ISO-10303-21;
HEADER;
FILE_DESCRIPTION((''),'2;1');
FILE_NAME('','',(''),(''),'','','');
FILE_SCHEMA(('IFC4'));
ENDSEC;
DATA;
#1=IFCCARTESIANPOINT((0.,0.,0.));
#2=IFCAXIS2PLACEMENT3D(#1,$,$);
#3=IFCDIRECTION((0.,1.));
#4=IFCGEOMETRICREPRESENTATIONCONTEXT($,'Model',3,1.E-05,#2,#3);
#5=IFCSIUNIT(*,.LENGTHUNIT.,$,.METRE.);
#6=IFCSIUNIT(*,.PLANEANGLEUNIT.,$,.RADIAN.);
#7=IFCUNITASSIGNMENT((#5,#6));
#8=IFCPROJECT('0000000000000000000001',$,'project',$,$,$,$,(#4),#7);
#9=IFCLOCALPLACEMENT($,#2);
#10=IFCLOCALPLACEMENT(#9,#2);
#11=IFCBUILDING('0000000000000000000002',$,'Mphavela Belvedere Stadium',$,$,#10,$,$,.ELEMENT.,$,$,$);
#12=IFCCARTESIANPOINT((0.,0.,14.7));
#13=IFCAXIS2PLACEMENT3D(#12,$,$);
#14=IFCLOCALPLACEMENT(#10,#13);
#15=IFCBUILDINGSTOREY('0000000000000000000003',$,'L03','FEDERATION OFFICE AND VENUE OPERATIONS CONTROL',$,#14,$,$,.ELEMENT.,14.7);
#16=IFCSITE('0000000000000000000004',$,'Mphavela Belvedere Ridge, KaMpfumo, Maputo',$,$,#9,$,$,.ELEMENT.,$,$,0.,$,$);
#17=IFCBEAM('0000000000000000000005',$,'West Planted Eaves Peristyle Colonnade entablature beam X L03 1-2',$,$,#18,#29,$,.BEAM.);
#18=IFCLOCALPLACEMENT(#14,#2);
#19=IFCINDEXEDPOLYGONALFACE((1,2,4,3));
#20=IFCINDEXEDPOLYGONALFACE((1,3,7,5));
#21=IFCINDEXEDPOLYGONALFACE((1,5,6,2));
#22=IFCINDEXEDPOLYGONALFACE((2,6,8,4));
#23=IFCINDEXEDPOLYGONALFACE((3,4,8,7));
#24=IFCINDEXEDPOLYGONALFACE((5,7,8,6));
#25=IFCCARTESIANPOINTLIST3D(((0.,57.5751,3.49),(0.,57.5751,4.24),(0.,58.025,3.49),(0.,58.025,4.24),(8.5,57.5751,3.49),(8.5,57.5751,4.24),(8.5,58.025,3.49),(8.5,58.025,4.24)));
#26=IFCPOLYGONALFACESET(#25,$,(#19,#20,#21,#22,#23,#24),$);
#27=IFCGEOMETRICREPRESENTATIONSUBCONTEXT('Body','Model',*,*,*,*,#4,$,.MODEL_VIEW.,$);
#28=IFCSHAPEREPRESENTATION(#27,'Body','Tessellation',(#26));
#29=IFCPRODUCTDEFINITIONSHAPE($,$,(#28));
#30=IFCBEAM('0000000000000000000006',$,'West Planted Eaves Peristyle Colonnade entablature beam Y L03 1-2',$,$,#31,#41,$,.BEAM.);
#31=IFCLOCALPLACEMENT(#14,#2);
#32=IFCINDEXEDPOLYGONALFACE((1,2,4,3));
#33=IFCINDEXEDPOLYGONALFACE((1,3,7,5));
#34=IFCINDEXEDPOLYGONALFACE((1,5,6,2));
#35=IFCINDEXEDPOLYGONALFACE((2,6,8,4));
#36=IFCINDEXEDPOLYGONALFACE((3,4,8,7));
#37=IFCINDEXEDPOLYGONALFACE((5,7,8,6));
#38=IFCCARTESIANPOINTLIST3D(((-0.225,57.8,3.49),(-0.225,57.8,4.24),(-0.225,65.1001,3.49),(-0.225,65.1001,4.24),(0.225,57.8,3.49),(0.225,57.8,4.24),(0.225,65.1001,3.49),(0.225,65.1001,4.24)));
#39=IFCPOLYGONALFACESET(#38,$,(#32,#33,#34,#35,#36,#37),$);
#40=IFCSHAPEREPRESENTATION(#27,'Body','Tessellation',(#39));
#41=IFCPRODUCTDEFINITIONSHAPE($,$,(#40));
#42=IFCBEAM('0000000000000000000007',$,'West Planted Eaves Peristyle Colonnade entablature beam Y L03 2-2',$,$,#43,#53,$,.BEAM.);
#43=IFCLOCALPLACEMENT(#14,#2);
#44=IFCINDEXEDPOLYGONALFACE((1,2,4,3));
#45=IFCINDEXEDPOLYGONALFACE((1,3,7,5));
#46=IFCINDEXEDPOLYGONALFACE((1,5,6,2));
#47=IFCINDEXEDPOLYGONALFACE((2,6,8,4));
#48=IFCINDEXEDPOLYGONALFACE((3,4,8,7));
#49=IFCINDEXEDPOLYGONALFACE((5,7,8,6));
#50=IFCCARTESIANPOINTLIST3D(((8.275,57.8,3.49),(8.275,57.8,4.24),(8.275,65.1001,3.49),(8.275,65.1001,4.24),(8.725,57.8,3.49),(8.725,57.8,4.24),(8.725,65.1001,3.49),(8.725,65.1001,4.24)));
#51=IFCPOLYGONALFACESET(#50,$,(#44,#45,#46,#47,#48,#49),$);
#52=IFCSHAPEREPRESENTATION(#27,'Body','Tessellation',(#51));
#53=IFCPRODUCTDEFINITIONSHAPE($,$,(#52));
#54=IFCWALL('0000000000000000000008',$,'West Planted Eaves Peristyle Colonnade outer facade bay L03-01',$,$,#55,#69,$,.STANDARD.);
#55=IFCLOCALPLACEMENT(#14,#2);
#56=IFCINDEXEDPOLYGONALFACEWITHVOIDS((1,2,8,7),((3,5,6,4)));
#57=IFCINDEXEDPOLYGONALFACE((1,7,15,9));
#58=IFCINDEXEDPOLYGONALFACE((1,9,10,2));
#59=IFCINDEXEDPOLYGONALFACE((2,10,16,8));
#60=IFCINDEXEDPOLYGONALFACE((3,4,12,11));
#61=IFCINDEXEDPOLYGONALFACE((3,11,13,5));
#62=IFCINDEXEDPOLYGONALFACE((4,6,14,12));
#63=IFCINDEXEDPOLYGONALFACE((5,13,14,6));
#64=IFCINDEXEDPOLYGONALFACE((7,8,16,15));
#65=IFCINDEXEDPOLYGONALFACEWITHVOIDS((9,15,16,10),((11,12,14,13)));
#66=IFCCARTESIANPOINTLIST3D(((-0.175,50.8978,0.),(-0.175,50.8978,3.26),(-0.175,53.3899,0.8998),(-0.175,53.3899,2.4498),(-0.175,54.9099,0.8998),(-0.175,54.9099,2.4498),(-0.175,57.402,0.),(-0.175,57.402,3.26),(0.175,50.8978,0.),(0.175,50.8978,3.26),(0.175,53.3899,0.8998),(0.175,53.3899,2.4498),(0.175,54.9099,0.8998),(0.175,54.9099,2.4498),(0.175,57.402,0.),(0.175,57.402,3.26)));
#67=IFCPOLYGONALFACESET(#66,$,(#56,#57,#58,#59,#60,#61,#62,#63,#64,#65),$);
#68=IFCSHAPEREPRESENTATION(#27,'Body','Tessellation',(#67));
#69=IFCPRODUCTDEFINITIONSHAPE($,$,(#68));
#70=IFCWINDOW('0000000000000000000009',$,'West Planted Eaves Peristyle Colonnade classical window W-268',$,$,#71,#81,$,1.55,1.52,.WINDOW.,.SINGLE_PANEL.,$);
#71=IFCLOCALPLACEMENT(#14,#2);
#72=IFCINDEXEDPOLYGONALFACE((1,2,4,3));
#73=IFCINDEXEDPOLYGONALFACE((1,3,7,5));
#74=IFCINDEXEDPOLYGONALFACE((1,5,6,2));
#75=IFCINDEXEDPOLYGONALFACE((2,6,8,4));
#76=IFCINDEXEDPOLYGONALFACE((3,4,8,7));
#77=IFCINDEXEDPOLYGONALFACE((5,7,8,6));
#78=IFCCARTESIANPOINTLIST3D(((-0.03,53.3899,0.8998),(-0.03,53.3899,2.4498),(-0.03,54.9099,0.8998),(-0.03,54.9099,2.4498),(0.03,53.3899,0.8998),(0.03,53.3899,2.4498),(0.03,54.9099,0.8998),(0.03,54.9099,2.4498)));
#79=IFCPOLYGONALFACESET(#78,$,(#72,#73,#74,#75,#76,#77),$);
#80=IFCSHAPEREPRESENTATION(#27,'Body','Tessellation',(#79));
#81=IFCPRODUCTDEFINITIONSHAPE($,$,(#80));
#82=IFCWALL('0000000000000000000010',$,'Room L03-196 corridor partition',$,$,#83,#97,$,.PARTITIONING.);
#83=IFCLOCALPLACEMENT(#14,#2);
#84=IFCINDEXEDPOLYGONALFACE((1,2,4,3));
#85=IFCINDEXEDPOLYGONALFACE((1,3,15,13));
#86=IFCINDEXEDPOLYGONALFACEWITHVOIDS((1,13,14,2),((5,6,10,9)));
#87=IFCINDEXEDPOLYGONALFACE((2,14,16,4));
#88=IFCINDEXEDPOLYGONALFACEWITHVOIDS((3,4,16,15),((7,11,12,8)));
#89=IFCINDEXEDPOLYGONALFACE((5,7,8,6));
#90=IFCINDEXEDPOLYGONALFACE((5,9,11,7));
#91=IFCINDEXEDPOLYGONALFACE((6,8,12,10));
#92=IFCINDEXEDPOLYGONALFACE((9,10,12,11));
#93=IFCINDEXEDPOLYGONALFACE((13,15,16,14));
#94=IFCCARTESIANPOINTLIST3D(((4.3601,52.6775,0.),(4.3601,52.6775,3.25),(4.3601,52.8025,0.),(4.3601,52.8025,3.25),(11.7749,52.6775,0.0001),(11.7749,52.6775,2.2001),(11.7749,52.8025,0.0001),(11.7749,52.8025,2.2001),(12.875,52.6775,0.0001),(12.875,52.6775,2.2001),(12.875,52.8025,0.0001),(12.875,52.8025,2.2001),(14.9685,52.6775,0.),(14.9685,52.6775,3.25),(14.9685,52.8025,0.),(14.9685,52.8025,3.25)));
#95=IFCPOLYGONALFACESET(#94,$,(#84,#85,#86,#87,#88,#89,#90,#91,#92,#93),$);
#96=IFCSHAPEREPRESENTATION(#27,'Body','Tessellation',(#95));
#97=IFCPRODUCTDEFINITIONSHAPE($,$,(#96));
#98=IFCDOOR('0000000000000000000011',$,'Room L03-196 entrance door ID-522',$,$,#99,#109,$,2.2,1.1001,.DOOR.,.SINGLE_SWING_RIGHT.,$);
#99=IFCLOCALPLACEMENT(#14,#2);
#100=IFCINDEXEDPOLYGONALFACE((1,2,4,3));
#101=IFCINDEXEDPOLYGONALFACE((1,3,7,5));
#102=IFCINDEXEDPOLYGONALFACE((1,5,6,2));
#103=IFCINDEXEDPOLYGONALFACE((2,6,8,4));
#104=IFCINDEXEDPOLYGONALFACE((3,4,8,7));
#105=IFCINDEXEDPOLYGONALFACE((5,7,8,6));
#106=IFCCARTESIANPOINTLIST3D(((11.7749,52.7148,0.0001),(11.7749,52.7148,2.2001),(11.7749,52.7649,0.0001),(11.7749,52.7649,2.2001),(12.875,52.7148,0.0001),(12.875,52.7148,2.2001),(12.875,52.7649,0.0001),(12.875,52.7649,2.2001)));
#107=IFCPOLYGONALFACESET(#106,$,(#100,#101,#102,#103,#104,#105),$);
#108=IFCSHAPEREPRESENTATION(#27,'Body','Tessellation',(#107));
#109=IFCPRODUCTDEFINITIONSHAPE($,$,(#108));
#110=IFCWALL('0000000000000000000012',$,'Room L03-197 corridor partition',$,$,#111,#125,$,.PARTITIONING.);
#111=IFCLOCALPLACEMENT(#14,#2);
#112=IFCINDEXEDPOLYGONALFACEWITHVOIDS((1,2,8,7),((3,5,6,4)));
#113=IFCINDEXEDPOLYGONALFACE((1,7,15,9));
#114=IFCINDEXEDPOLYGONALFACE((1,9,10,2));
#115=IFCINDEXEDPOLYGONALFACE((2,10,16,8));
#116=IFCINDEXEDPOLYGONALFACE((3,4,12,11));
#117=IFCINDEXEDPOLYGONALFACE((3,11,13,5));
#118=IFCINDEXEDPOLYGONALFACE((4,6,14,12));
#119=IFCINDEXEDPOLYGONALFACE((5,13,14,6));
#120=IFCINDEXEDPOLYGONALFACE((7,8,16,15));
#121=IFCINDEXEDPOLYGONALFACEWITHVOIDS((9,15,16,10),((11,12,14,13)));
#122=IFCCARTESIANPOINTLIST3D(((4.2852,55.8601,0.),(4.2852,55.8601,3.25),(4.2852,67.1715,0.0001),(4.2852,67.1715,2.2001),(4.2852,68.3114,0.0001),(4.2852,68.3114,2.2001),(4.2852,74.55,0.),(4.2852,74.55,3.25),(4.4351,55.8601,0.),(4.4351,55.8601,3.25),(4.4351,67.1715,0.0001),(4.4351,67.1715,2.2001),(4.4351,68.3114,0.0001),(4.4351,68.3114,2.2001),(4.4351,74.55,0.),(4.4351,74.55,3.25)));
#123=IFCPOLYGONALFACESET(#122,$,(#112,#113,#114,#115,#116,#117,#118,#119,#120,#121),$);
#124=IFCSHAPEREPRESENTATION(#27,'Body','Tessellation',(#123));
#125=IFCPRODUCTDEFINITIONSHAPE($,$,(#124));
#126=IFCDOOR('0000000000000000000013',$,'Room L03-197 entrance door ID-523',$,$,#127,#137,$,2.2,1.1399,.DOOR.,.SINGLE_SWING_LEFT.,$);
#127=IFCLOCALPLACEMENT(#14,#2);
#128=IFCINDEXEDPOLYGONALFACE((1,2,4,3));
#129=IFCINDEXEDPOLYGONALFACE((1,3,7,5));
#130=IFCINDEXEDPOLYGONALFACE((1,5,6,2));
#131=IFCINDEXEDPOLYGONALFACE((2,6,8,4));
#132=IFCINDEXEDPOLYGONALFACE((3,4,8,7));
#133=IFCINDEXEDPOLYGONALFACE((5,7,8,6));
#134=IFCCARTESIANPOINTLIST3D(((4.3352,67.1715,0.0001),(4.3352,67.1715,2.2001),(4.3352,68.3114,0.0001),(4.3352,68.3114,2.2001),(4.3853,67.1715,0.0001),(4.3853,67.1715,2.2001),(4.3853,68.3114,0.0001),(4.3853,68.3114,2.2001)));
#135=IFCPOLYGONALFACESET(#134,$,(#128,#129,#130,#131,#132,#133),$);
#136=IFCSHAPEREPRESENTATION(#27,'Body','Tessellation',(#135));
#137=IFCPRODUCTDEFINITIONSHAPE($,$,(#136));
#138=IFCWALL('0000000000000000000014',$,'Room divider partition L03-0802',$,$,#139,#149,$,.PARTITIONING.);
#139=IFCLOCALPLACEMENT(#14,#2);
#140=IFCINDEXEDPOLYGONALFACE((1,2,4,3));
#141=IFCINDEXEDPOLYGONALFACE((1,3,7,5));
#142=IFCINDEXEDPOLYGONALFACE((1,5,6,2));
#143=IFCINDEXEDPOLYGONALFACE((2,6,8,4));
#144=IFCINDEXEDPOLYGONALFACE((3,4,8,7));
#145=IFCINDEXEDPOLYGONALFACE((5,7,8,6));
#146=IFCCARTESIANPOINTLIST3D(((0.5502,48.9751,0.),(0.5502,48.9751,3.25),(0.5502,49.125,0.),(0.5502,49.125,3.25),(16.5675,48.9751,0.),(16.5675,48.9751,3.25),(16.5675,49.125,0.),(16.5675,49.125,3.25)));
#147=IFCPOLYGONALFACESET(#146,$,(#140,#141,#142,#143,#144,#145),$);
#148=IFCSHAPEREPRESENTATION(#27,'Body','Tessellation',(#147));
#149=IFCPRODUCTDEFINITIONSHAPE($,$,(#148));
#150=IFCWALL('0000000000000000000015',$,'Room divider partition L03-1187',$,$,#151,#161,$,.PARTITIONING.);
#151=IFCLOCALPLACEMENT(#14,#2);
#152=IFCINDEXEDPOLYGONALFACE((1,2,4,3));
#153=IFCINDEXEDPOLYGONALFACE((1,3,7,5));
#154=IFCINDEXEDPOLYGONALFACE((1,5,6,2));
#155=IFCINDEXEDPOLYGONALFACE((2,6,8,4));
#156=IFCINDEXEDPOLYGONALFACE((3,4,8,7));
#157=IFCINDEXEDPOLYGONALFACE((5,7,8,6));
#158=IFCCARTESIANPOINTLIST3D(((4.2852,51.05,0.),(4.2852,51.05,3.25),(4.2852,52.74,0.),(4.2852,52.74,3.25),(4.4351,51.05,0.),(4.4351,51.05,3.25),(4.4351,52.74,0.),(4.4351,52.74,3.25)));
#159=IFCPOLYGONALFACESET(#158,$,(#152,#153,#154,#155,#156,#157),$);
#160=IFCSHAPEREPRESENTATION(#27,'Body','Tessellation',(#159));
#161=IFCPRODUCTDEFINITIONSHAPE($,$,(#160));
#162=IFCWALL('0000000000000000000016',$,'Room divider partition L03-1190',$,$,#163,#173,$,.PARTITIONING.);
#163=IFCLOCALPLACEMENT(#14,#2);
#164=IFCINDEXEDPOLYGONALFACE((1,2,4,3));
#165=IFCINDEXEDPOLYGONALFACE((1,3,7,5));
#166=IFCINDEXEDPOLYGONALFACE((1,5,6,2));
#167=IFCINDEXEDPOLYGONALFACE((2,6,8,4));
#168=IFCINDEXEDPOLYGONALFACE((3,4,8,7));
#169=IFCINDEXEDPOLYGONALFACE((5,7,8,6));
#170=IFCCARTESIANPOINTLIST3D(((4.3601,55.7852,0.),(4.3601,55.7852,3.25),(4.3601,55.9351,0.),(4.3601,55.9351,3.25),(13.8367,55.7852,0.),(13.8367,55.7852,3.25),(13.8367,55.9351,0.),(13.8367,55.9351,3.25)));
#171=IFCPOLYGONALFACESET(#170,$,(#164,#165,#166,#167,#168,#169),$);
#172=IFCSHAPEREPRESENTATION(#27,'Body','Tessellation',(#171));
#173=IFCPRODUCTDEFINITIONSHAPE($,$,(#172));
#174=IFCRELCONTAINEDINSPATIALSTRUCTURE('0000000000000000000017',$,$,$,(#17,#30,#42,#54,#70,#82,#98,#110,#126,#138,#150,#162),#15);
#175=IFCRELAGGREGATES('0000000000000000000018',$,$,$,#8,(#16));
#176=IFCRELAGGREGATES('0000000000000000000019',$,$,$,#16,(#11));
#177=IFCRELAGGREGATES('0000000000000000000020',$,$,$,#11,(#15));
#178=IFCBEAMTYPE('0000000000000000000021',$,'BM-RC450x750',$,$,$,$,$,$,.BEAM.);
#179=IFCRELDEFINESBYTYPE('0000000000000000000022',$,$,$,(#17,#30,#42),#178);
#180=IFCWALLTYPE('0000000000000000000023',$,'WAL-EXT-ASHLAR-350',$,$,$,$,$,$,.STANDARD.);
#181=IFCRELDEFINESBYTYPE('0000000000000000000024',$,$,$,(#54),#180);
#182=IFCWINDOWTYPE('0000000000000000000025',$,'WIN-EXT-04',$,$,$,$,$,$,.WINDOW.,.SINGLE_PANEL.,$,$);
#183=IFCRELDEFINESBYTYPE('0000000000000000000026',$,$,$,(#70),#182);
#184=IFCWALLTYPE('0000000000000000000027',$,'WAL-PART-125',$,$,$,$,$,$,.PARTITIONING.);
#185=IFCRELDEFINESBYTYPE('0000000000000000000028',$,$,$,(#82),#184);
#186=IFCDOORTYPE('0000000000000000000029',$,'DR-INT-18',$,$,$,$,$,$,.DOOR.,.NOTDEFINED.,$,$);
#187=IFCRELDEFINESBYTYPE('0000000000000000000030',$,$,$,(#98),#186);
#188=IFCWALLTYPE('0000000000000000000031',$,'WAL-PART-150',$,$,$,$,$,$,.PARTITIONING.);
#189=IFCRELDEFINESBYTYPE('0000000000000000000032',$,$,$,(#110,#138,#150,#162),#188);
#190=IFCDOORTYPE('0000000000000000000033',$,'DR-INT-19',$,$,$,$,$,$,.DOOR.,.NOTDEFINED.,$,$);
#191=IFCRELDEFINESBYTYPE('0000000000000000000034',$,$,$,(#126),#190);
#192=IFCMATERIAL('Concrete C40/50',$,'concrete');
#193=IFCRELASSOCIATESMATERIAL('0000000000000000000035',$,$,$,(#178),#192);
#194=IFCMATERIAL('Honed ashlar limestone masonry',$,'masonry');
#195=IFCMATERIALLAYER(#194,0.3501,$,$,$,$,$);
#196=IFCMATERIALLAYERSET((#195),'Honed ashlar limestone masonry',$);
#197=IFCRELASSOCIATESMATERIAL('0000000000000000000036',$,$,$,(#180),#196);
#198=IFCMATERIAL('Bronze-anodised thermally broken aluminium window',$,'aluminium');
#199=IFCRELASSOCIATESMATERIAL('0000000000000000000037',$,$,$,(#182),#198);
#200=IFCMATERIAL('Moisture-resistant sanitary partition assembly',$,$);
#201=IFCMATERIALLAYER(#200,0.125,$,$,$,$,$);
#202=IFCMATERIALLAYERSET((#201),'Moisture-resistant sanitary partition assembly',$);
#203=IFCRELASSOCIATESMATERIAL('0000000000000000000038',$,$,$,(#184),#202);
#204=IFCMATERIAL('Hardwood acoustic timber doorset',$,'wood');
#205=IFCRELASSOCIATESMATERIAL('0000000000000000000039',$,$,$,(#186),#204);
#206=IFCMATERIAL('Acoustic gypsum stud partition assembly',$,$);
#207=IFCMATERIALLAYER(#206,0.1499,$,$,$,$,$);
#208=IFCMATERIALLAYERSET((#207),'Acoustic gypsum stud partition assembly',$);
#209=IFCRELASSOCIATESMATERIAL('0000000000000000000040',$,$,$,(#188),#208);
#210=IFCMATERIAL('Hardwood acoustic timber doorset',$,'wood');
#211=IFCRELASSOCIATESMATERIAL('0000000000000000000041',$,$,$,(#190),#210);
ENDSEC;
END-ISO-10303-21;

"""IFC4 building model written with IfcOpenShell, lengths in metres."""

from ifc_helpers import new_model, si_unit, direction, frame, frame_2d, origin, origin_2d, place, context, subcontext, project, spatial, rectangle, extrude, material, layer, layer_set, material_profile, profile_set, type_object, element, fill, save


model = new_model("IFC4")

# Units and contexts
model_context = context("Model", 3, precision=1e-05, world=origin(), true_north=direction((0.0, 1.0)))
body_context = subcontext(model_context, "Body", "Model", "MODEL_VIEW")
ifc_project = project(units=[si_unit("LENGTHUNIT", "METRE"), si_unit("PLANEANGLEUNIT", "RADIAN")], contexts=[model_context])

# Site, building, storey
site_placement = place(None, origin())
site = spatial("IfcSite", under=ifc_project, at=site_placement, Name="Mphavela Belvedere Ridge, KaMpfumo, Maputo", CompositionType="ELEMENT", RefElevation=0.0)
building_placement = place(site_placement, origin())
building = spatial("IfcBuilding", under=site, at=building_placement, Name="Mphavela Belvedere Stadium", CompositionType="ELEMENT")
storey_placement = place(building_placement, frame((0.0, 0.0, 14.7)))
storey = spatial("IfcBuildingStorey", under=building, at=storey_placement, Name="L03", Description="FEDERATION OFFICE AND VENUE OPERATIONS CONTROL", CompositionType="ELEMENT", Elevation=14.7)

# Beams
ifc_material_1 = material(Name="Concrete C40/50", Category="concrete")
ifc_material_profile_1 = material_profile(ifc_material_1, rectangle(XDim=0.45, YDim=0.75, at=origin_2d()), Name="RC 450x750")
ifc_profile_set_1 = profile_set([ifc_material_profile_1], Name="Concrete C40/50")
beam_type = type_object("IfcBeamType", Name="BM-RC450x750", PredefinedType="BEAM", material=ifc_profile_set_1)
beam_1_placement = place(storey_placement, frame((0.0, 57.8, 3.865), z_axis=(1.0, 0.0, 0.0), x_axis=(0.0, 1.0, 0.0)))
element("IfcBeam", 1, at=beam_1_placement, inside=storey, type_object=beam_type, Name="West Planted Eaves Peristyle Colonnade entablature beam X L03 1-2", PredefinedType="BEAM", context=body_context, shape_type="SweptSolid", body=[
    extrude(rectangle(XDim=0.45, YDim=0.75, at=origin_2d()), origin(), (0.0, 0.0, 1.0), 8.5),
])
for number, where, z_axis, x_axis, name in (
    (2, (0.0, 57.8, 3.865), (0.0, 1.0, 0.0), (-1.0, 0.0, 0.0), "West Planted Eaves Peristyle Colonnade entablature beam Y L03 1-2"),
    (3, (8.5, 57.8, 3.865), (0.0, 1.0, 0.0), (-1.0, 0.0, 0.0), "West Planted Eaves Peristyle Colonnade entablature beam Y L03 2-2"),
):
    element("IfcBeam", number, at=place(storey_placement, frame(where, z_axis=z_axis, x_axis=x_axis)), inside=storey, type_object=beam_type, Name=name, PredefinedType="BEAM", context=body_context, shape_type="SweptSolid", body=[
        extrude(rectangle(XDim=0.45, YDim=0.75, at=origin_2d()), origin(), (0.0, 0.0, 1.0), 7.3),
    ])

# Wall, opening, window
ifc_material_2 = material(Name="Honed ashlar limestone masonry", Category="masonry")
ifc_layer_1 = layer(ifc_material_2, 0.3501)
ifc_layer_set_1 = layer_set([ifc_layer_1], Name="Honed ashlar limestone masonry")
wall_type_1 = type_object("IfcWallType", Name="WAL-EXT-ASHLAR-350", PredefinedType="STANDARD", material=ifc_layer_set_1)
wall_1_placement = place(storey_placement, frame((0.0, 50.8979, 0.0), z_axis=(0.0, 0.0, 1.0), x_axis=(0.0, 1.0, 0.0)))
wall_1 = element("IfcWall", 4, at=wall_1_placement, inside=storey, type_object=wall_type_1, Name="West Planted Eaves Peristyle Colonnade outer facade bay L03-01", PredefinedType="STANDARD", context=body_context, shape_type="SweptSolid", body=[
    extrude(rectangle(XDim=6.5042, YDim=0.3501, at=frame_2d((3.252, 0.0))), origin(), (0.0, 0.0, 1.0), 3.26),
])
opening_1_placement = place(wall_1_placement, frame((2.4919, 0.0, 0.8999)))
opening_1 = element("IfcOpeningElement", 5, at=opening_1_placement, cuts=wall_1, PredefinedType="OPENING", context=body_context, shape_type="SweptSolid", body=[
    extrude(rectangle(XDim=1.52, YDim=1.55, at=frame_2d((0.76, 0.7749))), frame((0.0, 0.1851, 0.0), z_axis=(0.0, -1.0, 0.0), x_axis=(1.0, 0.0, 0.0)), (0.0, 0.0, 1.0), 0.3701),
])
ifc_material_3 = material(Name="Bronze-anodised thermally broken aluminium window", Category="aluminium")
window_type = type_object("IfcWindowType", Name="WIN-EXT-04", PartitioningType="SINGLE_PANEL", PredefinedType="WINDOW", material=ifc_material_3)
window_placement = place(opening_1_placement, origin())
window = element("IfcWindow", 6, at=window_placement, inside=storey, type_object=window_type, Name="West Planted Eaves Peristyle Colonnade classical window W-268", OverallHeight=1.55, OverallWidth=1.52, PartitioningType="SINGLE_PANEL", PredefinedType="WINDOW", context=body_context, shape_type="SweptSolid", body=[
    extrude(rectangle(XDim=1.52, YDim=1.55, at=frame_2d((0.76, 0.7749))), frame((0.0, 0.03, 0.0), z_axis=(0.0, -1.0, 0.0), x_axis=(1.0, 0.0, 0.0)), (0.0, 0.0, 1.0), 0.0601),
])
fill(opening_1, window)

# Walls, openings, doors
ifc_material_4 = material(Name="Moisture-resistant sanitary partition assembly")
ifc_layer_2 = layer(ifc_material_4, 0.125)
ifc_layer_set_2 = layer_set([ifc_layer_2], Name="Moisture-resistant sanitary partition assembly")
wall_type_2 = type_object("IfcWallType", Name="WAL-PART-125", PredefinedType="PARTITIONING", material=ifc_layer_set_2)
wall_2_placement = place(storey_placement, frame((4.3601, 52.74, 0.0), z_axis=(0.0, 0.0, 1.0), x_axis=(1.0, 0.0, 0.0)))
wall_2 = element("IfcWall", 7, at=wall_2_placement, inside=storey, type_object=wall_type_2, Name="Room L03-196 corridor partition", PredefinedType="PARTITIONING", context=body_context, shape_type="SweptSolid", body=[
    extrude(rectangle(XDim=10.6084, YDim=0.125, at=frame_2d((5.3042, 0.0))), origin(), (0.0, 0.0, 1.0), 3.25),
])
opening_2_placement = place(wall_2_placement, frame((7.4148, 0.0, 0.0)))
opening_2 = element("IfcOpeningElement", 8, at=opening_2_placement, cuts=wall_2, PredefinedType="OPENING", context=body_context, shape_type="SweptSolid", body=[
    extrude(rectangle(XDim=1.1001, YDim=2.2, at=frame_2d((0.55, 1.1001))), frame((0.0, 0.0725, 0.0), z_axis=(0.0, -1.0, 0.0), x_axis=(1.0, 0.0, 0.0)), (0.0, 0.0, 1.0), 0.145),
])
ifc_material_5 = material(Name="Hardwood acoustic timber doorset", Category="wood")
door_type_1 = type_object("IfcDoorType", Name="DR-INT-18", OperationType="NOTDEFINED", PredefinedType="DOOR", material=ifc_material_5)
door_1_placement = place(opening_2_placement, origin())
door_1 = element("IfcDoor", 9, at=door_1_placement, inside=storey, type_object=door_type_1, Name="Room L03-196 entrance door ID-522", OperationType="SINGLE_SWING_RIGHT", OverallHeight=2.2, OverallWidth=1.1001, PredefinedType="DOOR", context=body_context, shape_type="SweptSolid", body=[
    extrude(rectangle(XDim=1.1001, YDim=2.2, at=frame_2d((0.55, 1.1001))), frame((0.0, 0.0249, 0.0), z_axis=(0.0, -1.0, 0.0), x_axis=(1.0, 0.0, 0.0)), (0.0, 0.0, 1.0), 0.05),
])
fill(opening_2, door_1)
ifc_material_6 = material(Name="Acoustic gypsum stud partition assembly")
ifc_layer_3 = layer(ifc_material_6, 0.1499)
ifc_layer_set_3 = layer_set([ifc_layer_3], Name="Acoustic gypsum stud partition assembly")
wall_type_3 = type_object("IfcWallType", Name="WAL-PART-150", PredefinedType="PARTITIONING", material=ifc_layer_set_3)
wall_3_placement = place(storey_placement, frame((4.3601, 55.8601, 0.0), z_axis=(0.0, 0.0, 1.0), x_axis=(0.0, 1.0, 0.0)))
wall_3 = element("IfcWall", 10, at=wall_3_placement, inside=storey, type_object=wall_type_3, Name="Room L03-197 corridor partition", PredefinedType="PARTITIONING", context=body_context, shape_type="SweptSolid", body=[
    extrude(rectangle(XDim=18.6899, YDim=0.1499, at=frame_2d((9.345, 0.0))), origin(), (0.0, 0.0, 1.0), 3.25),
])
opening_3_placement = place(wall_3_placement, frame((11.3115, 0.0, 0.0)))
opening_3 = element("IfcOpeningElement", 11, at=opening_3_placement, cuts=wall_3, PredefinedType="OPENING", context=body_context, shape_type="SweptSolid", body=[
    extrude(rectangle(XDim=1.1399, YDim=2.2, at=frame_2d((0.5698, 1.1001))), frame((0.0, 0.085, 0.0), z_axis=(0.0, -1.0, 0.0), x_axis=(1.0, 0.0, 0.0)), (0.0, 0.0, 1.0), 0.1699),
])
ifc_material_7 = material(Name="Hardwood acoustic timber doorset", Category="wood")
door_type_2 = type_object("IfcDoorType", Name="DR-INT-19", OperationType="NOTDEFINED", PredefinedType="DOOR", material=ifc_material_7)
door_2_placement = place(opening_3_placement, origin())
door_2 = element("IfcDoor", 12, at=door_2_placement, inside=storey, type_object=door_type_2, Name="Room L03-197 entrance door ID-523", OperationType="SINGLE_SWING_LEFT", OverallHeight=2.2, OverallWidth=1.1399, PredefinedType="DOOR", context=body_context, shape_type="SweptSolid", body=[
    extrude(rectangle(XDim=1.1399, YDim=2.2, at=frame_2d((0.5698, 1.1001))), frame((0.0, 0.0249, 0.0), z_axis=(0.0, -1.0, 0.0), x_axis=(1.0, 0.0, 0.0)), (0.0, 0.0, 1.0), 0.05),
])
fill(opening_3, door_2)

# Walls
wall_4_placement = place(storey_placement, frame((0.55, 49.05, 0.0), z_axis=(0.0, 0.0, 1.0), x_axis=(1.0, 0.0, 0.0)))
element("IfcWall", 13, at=wall_4_placement, inside=storey, type_object=wall_type_3, Name="Room divider partition L03-0802", PredefinedType="PARTITIONING", context=body_context, shape_type="SweptSolid", body=[
    extrude(rectangle(XDim=16.0173, YDim=0.1499, at=frame_2d((8.0088, 0.0))), origin(), (0.0, 0.0, 1.0), 3.25),
])
wall_5_placement = place(storey_placement, frame((4.3601, 51.05, 0.0), z_axis=(0.0, 0.0, 1.0), x_axis=(0.0, 1.0, 0.0)))
element("IfcWall", 14, at=wall_5_placement, inside=storey, type_object=wall_type_3, Name="Room divider partition L03-1187", PredefinedType="PARTITIONING", context=body_context, shape_type="SweptSolid", body=[
    extrude(rectangle(XDim=1.6899, YDim=0.1499, at=frame_2d((0.845, 0.0))), origin(), (0.0, 0.0, 1.0), 3.25),
])
wall_6_placement = place(storey_placement, frame((13.8367, 55.8601, 0.0), z_axis=(0.0, 0.0, 1.0), x_axis=(-1.0, 0.0, 0.0)))
element("IfcWall", 15, at=wall_6_placement, inside=storey, type_object=wall_type_3, Name="Room divider partition L03-1190", PredefinedType="PARTITIONING", context=body_context, shape_type="SweptSolid", body=[
    extrude(rectangle(XDim=9.4766, YDim=0.1499, at=frame_2d((4.7383, 0.0))), origin(), (0.0, 0.0, 1.0), 3.25),
])

save(model, "model.ifc")
